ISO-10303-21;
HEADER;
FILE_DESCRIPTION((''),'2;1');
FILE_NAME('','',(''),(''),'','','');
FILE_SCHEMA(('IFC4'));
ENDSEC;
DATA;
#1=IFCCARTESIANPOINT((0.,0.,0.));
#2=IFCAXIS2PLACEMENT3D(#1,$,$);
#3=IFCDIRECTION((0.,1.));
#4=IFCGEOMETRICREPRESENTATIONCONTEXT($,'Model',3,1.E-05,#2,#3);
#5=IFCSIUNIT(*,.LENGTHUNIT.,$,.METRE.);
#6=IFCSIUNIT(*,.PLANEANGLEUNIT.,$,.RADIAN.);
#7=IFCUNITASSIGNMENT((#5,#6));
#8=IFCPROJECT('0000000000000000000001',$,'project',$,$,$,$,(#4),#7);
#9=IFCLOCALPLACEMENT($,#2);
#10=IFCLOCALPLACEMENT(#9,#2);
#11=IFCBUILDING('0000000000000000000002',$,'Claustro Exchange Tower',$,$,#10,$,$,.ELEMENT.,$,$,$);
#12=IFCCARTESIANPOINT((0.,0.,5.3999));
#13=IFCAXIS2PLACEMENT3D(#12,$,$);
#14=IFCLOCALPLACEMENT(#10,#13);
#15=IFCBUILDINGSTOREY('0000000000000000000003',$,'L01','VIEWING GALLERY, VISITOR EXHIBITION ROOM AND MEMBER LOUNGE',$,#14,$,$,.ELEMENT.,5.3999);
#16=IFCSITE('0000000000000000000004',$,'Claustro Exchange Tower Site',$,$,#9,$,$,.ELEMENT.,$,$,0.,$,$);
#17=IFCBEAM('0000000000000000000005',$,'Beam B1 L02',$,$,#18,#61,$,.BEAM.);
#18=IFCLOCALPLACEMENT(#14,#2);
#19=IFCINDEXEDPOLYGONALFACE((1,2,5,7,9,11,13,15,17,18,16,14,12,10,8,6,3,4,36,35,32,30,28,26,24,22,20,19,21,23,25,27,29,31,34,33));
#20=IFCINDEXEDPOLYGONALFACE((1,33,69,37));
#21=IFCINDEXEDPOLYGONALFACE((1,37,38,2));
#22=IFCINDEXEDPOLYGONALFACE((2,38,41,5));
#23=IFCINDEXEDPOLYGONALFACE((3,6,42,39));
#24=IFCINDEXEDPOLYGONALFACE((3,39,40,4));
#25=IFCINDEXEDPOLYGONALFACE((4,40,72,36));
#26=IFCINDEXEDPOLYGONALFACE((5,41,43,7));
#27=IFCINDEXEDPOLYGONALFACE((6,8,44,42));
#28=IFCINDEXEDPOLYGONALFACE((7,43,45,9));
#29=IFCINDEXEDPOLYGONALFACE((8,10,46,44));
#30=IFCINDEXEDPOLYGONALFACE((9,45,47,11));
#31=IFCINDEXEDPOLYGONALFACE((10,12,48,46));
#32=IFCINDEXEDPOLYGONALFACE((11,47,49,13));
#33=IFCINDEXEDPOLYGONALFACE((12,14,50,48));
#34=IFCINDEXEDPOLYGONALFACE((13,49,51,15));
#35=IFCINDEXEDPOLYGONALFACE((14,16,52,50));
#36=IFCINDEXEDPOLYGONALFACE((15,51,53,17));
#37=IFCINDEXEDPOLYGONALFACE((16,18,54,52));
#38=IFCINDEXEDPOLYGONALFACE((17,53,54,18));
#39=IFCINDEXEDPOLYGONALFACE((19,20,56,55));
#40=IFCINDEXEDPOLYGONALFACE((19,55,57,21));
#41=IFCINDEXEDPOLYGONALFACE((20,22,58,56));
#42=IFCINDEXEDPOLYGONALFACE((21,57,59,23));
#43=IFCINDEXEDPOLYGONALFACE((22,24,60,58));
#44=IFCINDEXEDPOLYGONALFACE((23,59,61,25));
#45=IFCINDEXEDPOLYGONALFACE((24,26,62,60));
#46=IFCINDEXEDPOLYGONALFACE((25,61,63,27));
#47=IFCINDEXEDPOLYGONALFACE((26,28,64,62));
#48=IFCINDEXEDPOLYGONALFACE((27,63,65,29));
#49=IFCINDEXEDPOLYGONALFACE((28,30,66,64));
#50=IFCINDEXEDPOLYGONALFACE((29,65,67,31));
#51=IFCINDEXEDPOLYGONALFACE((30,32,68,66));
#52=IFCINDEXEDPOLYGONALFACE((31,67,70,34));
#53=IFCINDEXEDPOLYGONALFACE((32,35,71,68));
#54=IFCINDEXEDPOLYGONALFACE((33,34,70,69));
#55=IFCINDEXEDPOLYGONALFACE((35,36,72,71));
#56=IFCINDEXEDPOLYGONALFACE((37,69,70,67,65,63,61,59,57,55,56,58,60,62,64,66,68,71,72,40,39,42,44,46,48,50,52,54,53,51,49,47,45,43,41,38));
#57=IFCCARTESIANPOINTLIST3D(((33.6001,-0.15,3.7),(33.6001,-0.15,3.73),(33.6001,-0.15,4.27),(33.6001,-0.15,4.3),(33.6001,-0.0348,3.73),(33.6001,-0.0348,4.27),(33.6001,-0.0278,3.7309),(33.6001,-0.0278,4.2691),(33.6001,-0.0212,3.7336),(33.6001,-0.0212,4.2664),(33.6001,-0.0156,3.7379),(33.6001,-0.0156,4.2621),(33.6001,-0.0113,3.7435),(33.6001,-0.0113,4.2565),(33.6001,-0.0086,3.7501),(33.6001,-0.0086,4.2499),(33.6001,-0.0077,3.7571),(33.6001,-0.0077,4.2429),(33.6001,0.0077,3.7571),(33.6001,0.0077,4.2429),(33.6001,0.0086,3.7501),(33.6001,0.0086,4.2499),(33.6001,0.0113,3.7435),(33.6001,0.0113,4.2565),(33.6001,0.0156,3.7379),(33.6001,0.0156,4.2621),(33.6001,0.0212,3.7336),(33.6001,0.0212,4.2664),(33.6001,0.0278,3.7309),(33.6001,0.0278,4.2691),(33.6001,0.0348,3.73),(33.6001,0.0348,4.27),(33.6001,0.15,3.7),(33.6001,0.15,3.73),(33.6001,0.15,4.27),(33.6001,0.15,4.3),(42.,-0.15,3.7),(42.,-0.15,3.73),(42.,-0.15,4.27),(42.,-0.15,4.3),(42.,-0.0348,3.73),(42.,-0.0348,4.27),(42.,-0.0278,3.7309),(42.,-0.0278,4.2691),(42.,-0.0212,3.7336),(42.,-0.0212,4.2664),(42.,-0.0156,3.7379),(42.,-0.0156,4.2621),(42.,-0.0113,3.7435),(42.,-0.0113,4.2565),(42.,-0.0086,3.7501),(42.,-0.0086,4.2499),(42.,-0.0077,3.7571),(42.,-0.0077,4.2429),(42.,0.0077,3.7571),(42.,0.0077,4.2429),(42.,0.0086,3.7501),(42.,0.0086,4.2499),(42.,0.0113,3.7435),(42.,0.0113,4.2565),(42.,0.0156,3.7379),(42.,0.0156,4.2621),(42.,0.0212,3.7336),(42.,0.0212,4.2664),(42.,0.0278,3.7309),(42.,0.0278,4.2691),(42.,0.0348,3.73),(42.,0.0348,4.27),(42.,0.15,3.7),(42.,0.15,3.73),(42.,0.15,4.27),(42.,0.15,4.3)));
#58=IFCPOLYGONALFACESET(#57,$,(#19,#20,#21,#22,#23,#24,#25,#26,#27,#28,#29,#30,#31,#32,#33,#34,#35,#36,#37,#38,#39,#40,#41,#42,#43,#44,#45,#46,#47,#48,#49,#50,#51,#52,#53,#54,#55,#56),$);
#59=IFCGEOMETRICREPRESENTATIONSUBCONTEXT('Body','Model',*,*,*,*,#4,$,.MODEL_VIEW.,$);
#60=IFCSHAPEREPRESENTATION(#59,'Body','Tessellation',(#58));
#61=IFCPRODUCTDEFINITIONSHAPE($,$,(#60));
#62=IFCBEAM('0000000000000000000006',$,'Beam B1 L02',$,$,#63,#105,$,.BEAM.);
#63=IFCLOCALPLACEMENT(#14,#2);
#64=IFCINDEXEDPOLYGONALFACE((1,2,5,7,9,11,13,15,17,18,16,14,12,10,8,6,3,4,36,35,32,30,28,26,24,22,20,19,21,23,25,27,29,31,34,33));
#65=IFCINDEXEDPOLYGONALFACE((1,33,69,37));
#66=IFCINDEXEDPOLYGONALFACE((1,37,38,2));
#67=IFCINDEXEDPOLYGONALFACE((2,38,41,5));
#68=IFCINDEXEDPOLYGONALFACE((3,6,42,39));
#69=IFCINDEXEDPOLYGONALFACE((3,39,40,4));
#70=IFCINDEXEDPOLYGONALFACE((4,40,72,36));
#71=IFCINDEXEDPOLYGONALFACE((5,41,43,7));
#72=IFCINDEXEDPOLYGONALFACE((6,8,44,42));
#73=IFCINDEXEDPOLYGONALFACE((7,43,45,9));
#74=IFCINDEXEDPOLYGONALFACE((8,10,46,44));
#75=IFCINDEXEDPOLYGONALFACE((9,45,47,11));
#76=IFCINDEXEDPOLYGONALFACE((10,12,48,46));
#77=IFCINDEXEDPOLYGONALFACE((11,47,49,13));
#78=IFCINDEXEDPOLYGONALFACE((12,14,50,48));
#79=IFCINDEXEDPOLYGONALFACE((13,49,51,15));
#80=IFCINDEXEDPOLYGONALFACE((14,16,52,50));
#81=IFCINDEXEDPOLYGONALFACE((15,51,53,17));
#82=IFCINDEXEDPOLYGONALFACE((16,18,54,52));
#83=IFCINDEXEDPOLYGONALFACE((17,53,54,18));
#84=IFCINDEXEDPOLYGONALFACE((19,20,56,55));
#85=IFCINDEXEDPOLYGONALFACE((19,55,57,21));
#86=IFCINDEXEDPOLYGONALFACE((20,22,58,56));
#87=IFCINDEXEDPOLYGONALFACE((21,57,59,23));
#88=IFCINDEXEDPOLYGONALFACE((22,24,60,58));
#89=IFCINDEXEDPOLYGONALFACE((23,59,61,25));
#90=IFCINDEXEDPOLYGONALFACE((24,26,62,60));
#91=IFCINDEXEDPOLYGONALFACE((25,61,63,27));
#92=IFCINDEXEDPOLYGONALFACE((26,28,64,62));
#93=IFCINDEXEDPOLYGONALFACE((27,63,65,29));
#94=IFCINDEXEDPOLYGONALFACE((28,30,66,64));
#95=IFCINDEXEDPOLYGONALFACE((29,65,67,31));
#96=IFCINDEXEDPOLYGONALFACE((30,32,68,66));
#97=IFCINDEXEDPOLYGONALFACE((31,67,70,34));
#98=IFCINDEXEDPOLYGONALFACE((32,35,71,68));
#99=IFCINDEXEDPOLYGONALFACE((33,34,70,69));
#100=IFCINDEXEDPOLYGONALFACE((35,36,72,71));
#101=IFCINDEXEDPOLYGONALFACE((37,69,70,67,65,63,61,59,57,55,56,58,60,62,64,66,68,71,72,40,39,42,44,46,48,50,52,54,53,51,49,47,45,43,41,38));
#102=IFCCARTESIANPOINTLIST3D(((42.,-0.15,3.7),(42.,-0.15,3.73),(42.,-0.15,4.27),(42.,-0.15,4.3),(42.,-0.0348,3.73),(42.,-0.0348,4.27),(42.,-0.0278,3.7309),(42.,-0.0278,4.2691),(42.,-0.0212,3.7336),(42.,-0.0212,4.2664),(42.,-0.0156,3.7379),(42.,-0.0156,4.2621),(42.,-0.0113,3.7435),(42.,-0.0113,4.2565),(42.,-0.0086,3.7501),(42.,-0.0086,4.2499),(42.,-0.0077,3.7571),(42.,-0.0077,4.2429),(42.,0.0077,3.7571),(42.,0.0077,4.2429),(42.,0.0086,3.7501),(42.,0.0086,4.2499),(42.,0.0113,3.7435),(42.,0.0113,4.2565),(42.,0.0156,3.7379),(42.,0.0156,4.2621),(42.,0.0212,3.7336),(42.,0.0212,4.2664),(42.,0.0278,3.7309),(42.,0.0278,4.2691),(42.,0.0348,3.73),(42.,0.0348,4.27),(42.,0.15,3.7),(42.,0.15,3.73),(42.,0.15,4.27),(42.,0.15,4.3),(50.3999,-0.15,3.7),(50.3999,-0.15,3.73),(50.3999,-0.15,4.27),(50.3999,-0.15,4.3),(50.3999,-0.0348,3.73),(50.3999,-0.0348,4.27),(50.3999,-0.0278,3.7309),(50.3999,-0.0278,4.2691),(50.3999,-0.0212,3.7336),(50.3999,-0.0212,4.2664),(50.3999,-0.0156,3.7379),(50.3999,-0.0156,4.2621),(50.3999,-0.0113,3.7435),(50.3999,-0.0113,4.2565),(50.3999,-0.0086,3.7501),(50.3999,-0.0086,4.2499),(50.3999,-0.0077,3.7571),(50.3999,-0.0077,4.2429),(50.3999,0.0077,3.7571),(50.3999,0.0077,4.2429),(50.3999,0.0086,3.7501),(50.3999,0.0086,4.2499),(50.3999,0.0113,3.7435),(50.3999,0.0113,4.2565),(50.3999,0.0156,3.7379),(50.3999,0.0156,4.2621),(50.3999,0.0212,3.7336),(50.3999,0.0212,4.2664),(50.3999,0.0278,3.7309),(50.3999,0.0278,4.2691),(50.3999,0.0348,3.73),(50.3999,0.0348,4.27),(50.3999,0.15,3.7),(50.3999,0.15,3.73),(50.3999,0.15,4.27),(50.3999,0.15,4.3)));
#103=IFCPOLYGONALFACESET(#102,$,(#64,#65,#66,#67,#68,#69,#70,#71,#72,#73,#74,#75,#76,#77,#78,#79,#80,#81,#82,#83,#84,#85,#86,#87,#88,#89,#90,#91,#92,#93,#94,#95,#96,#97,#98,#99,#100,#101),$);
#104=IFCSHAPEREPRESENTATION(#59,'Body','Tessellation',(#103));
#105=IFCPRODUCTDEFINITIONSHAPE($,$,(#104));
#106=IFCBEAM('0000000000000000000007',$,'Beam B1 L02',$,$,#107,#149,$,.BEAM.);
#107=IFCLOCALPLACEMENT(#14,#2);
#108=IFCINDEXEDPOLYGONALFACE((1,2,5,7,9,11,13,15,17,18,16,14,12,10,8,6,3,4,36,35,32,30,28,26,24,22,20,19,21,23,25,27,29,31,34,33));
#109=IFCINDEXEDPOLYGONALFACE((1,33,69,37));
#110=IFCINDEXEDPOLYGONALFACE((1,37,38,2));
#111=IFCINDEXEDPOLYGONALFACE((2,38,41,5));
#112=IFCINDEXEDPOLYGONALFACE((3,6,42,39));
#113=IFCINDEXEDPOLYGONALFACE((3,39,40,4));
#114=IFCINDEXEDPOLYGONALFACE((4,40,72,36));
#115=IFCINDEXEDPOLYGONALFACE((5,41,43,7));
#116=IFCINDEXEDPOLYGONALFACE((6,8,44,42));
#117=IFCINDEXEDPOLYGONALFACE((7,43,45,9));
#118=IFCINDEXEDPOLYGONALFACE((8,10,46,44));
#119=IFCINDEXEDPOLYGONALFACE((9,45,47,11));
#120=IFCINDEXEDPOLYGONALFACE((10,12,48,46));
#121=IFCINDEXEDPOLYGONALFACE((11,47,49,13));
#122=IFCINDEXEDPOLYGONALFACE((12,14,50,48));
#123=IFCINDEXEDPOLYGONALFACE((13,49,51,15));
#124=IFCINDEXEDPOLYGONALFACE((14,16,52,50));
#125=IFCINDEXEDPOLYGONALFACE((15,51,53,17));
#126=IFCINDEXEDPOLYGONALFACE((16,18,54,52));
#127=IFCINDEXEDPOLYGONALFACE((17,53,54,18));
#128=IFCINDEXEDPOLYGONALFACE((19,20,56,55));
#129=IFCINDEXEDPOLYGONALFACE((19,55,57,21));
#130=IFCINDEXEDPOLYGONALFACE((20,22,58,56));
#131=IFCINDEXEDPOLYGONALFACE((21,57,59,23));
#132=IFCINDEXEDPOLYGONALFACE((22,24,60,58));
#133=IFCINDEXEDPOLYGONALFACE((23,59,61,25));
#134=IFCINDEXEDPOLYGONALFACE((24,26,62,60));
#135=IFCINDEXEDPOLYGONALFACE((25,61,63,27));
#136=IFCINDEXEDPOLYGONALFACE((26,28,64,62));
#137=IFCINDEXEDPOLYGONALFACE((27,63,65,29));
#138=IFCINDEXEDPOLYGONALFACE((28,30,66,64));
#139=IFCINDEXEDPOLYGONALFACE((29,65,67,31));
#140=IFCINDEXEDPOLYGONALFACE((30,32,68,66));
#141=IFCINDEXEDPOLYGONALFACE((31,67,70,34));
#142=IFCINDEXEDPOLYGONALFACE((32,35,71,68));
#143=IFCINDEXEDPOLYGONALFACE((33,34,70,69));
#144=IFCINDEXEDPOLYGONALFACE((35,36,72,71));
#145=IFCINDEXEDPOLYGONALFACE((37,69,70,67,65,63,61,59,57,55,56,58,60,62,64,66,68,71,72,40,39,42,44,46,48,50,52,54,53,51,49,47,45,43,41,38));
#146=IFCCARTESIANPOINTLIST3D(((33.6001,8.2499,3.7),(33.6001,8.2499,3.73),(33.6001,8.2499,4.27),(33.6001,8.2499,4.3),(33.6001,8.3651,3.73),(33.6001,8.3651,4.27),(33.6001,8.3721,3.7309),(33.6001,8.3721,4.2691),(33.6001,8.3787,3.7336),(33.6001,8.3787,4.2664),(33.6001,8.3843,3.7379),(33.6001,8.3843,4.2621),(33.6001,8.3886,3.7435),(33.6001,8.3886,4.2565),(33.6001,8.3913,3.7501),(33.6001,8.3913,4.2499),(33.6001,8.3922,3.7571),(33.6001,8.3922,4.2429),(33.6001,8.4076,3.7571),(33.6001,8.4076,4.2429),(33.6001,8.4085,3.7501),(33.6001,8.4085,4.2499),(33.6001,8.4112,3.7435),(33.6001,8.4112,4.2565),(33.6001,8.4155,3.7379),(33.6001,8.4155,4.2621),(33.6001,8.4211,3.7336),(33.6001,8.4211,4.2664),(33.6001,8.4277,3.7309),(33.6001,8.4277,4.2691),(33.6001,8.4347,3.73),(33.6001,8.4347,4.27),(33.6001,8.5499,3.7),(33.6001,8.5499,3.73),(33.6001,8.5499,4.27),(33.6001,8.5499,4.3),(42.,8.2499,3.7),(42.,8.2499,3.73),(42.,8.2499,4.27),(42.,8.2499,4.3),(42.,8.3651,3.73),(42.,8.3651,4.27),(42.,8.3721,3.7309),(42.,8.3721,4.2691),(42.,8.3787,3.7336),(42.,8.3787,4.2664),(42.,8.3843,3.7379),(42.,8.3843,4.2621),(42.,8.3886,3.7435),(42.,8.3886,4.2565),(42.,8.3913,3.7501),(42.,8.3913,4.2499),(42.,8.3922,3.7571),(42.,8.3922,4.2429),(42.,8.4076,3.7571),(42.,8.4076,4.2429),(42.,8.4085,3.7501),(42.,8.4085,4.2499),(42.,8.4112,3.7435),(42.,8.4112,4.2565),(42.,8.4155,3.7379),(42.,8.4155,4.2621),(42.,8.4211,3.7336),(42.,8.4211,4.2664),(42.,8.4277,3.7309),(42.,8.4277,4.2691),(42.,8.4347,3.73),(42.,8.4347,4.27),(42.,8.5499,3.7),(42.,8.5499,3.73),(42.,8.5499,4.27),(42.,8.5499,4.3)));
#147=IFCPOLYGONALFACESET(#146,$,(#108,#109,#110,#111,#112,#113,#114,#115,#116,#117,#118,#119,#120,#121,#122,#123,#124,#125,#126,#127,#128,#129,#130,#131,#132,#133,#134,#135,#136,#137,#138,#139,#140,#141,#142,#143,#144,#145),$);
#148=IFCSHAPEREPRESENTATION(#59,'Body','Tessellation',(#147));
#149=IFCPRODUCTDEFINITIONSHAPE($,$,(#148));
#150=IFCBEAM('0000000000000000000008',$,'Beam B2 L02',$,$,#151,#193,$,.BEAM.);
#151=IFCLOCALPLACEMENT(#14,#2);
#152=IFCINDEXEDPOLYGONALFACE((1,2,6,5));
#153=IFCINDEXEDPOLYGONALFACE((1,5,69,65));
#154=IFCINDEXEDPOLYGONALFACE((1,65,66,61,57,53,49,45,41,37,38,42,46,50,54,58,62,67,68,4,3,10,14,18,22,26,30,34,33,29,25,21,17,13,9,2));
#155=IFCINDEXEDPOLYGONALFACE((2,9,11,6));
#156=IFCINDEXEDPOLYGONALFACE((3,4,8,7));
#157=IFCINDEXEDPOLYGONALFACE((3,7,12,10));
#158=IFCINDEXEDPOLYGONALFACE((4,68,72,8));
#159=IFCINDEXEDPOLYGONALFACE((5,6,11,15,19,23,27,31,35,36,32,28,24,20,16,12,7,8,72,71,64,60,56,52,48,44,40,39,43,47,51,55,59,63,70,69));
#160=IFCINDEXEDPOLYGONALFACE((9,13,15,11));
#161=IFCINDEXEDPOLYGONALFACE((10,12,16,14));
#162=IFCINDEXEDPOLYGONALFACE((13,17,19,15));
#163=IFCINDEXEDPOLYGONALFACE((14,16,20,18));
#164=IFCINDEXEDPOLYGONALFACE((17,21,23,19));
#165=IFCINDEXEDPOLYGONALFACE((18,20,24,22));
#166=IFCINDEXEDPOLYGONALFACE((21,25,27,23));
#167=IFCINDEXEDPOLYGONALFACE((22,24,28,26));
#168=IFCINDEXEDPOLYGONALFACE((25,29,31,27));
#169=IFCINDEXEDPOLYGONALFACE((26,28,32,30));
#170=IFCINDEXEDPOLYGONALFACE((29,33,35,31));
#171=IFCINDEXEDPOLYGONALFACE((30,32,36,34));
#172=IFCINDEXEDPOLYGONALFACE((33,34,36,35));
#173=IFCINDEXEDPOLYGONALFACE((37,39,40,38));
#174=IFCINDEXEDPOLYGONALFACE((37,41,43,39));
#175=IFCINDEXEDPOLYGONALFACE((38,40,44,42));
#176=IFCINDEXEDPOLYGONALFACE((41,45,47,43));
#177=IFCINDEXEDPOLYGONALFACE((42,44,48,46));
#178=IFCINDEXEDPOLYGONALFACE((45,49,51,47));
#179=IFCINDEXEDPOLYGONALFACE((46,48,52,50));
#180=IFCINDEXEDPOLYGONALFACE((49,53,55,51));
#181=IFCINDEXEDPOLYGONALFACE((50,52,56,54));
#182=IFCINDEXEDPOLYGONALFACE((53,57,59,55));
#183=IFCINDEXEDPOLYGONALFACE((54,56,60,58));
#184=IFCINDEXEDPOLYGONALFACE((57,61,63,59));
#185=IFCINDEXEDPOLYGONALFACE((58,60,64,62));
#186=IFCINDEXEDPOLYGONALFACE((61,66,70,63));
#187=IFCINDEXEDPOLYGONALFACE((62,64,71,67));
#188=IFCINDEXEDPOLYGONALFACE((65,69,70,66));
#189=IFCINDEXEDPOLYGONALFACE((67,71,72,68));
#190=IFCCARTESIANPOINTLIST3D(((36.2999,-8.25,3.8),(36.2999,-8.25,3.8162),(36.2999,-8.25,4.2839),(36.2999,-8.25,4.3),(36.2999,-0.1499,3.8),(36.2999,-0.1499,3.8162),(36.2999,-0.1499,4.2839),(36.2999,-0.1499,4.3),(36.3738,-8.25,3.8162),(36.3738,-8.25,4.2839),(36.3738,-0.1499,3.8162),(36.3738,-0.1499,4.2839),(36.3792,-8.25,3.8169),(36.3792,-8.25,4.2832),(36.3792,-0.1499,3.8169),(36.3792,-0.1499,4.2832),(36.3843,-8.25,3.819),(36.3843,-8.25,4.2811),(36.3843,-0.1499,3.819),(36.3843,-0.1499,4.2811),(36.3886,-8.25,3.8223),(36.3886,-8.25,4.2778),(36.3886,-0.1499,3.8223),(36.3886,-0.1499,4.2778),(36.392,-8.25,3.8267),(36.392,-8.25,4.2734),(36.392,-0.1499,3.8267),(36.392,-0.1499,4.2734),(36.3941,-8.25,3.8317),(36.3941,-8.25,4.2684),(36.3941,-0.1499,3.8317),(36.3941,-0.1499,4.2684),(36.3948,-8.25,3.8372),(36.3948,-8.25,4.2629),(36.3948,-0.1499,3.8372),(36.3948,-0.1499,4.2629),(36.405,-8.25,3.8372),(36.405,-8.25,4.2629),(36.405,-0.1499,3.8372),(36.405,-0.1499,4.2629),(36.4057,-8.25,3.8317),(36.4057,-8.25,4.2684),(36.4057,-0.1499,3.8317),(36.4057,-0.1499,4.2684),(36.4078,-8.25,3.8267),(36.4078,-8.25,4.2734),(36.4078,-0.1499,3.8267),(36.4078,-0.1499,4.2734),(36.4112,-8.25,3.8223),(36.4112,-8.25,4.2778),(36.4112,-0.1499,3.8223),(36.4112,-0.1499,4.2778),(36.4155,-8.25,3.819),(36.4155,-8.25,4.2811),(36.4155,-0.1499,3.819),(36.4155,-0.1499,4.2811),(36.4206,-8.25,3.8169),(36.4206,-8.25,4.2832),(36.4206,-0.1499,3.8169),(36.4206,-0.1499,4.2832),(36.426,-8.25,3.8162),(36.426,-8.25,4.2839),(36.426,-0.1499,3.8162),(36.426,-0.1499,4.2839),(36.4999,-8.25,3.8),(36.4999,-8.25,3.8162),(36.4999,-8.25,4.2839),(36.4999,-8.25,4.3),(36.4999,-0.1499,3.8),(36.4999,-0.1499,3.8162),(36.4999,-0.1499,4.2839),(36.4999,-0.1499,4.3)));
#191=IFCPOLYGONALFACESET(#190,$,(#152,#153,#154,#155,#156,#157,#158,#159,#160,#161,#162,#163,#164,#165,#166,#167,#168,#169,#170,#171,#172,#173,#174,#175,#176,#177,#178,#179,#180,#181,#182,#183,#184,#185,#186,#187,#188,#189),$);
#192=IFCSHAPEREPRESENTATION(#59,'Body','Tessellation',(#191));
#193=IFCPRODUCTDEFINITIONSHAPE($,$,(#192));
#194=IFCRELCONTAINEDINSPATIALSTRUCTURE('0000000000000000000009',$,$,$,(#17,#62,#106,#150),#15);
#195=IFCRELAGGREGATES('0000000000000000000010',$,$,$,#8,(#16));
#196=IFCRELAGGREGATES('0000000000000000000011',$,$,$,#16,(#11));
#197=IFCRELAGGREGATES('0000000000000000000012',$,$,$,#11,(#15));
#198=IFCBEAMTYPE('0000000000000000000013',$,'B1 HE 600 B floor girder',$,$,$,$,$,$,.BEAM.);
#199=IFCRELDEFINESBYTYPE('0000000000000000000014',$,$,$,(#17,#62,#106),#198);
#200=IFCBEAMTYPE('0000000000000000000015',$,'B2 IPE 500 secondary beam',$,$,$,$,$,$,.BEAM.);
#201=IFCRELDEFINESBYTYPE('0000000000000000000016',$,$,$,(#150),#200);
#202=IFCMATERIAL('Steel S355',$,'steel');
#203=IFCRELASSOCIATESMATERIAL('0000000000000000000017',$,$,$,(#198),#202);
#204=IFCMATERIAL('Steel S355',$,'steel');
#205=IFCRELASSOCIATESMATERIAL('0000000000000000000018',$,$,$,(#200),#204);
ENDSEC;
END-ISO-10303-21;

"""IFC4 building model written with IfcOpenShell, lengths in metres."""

from ifc_helpers import new_model, si_unit, direction, frame, origin, origin_2d, place, context, subcontext, project, spatial, i_section, extrude, material, material_profile, profile_set, type_object, element, save


model = new_model("IFC4")

# Units and contexts
model_context = context("Model", 3, precision=1e-05, world=origin(), true_north=direction((0.0, 1.0)))
body_context = subcontext(model_context, "Body", "Model", "MODEL_VIEW")
ifc_project = project(units=[si_unit("LENGTHUNIT", "METRE"), si_unit("PLANEANGLEUNIT", "RADIAN")], contexts=[model_context])

# Site, building, storey
site_placement = place(None, origin())
site = spatial("IfcSite", under=ifc_project, at=site_placement, Name="Claustro Exchange Tower Site", CompositionType="ELEMENT", RefElevation=0.0)
building_placement = place(site_placement, origin())
building = spatial("IfcBuilding", under=site, at=building_placement, Name="Claustro Exchange Tower", CompositionType="ELEMENT")
storey_placement = place(building_placement, frame((0.0, 0.0, 5.3999)))
storey = spatial("IfcBuildingStorey", under=building, at=storey_placement, Name="L01", Description="VIEWING GALLERY, VISITOR EXHIBITION ROOM AND MEMBER LOUNGE", CompositionType="ELEMENT", Elevation=5.3999)

# Beams
ifc_material_1 = material(Name="Steel S355", Category="steel")
ifc_material_profile_1 = material_profile(ifc_material_1, i_section(OverallWidth=0.3, OverallDepth=0.6001, WebThickness=0.0154, FlangeThickness=0.03, FilletRadius=0.0271, at=origin_2d()), Name="HE 600 B")
ifc_profile_set_1 = profile_set([ifc_material_profile_1], Name="Steel S355")
beam_type_1 = type_object("IfcBeamType", Name="B1 HE 600 B floor girder", PredefinedType="BEAM", material=ifc_profile_set_1)
for number, where, z_axis, x_axis, name in (
    (1, (33.6001, 0.0, 4.0), (1.0, 0.0, 0.0), (0.0, 1.0, 0.0), "Beam B1 L02"),
    (2, (42.0, 0.0, 4.0), (1.0, 0.0, 0.0), (0.0, 1.0, 0.0), "Beam B1 L02"),
    (3, (33.6001, 8.3999, 4.0), (1.0, 0.0, 0.0), (0.0, 1.0, 0.0), "Beam B1 L02"),
):
    element("IfcBeam", number, at=place(storey_placement, frame(where, z_axis=z_axis, x_axis=x_axis)), inside=storey, type_object=beam_type_1, Name=name, PredefinedType="BEAM", context=body_context, shape_type="SweptSolid", body=[
        extrude(i_section(OverallWidth=0.3, OverallDepth=0.6001, WebThickness=0.0154, FlangeThickness=0.03, FilletRadius=0.0271, at=origin_2d()), origin(), (0.0, 0.0, 1.0), 8.3999),
    ])
ifc_material_2 = material(Name="Steel S355", Category="steel")
ifc_material_profile_2 = material_profile(ifc_material_2, i_section(OverallWidth=0.2, OverallDepth=0.5, WebThickness=0.0103, FlangeThickness=0.0161, FilletRadius=0.021, at=origin_2d()), Name="IPE 500")
ifc_profile_set_2 = profile_set([ifc_material_profile_2], Name="Steel S355")
beam_type_2 = type_object("IfcBeamType", Name="B2 IPE 500 secondary beam", PredefinedType="BEAM", material=ifc_profile_set_2)
for number, where, z_axis, x_axis, name in (
    (4, (36.3999, -8.25, 4.05), (0.0, 1.0, 0.0), (-1.0, 0.0, 0.0), "Beam B2 L02"),
):
    element("IfcBeam", number, at=place(storey_placement, frame(where, z_axis=z_axis, x_axis=x_axis)), inside=storey, type_object=beam_type_2, Name=name, PredefinedType="BEAM", context=body_context, shape_type="SweptSolid", body=[
        extrude(i_section(OverallWidth=0.2, OverallDepth=0.5, WebThickness=0.0103, FlangeThickness=0.0161, FilletRadius=0.021, at=origin_2d()), origin(), (0.0, 0.0, 1.0), 8.1001),
    ])

save(model, "model.ifc")
